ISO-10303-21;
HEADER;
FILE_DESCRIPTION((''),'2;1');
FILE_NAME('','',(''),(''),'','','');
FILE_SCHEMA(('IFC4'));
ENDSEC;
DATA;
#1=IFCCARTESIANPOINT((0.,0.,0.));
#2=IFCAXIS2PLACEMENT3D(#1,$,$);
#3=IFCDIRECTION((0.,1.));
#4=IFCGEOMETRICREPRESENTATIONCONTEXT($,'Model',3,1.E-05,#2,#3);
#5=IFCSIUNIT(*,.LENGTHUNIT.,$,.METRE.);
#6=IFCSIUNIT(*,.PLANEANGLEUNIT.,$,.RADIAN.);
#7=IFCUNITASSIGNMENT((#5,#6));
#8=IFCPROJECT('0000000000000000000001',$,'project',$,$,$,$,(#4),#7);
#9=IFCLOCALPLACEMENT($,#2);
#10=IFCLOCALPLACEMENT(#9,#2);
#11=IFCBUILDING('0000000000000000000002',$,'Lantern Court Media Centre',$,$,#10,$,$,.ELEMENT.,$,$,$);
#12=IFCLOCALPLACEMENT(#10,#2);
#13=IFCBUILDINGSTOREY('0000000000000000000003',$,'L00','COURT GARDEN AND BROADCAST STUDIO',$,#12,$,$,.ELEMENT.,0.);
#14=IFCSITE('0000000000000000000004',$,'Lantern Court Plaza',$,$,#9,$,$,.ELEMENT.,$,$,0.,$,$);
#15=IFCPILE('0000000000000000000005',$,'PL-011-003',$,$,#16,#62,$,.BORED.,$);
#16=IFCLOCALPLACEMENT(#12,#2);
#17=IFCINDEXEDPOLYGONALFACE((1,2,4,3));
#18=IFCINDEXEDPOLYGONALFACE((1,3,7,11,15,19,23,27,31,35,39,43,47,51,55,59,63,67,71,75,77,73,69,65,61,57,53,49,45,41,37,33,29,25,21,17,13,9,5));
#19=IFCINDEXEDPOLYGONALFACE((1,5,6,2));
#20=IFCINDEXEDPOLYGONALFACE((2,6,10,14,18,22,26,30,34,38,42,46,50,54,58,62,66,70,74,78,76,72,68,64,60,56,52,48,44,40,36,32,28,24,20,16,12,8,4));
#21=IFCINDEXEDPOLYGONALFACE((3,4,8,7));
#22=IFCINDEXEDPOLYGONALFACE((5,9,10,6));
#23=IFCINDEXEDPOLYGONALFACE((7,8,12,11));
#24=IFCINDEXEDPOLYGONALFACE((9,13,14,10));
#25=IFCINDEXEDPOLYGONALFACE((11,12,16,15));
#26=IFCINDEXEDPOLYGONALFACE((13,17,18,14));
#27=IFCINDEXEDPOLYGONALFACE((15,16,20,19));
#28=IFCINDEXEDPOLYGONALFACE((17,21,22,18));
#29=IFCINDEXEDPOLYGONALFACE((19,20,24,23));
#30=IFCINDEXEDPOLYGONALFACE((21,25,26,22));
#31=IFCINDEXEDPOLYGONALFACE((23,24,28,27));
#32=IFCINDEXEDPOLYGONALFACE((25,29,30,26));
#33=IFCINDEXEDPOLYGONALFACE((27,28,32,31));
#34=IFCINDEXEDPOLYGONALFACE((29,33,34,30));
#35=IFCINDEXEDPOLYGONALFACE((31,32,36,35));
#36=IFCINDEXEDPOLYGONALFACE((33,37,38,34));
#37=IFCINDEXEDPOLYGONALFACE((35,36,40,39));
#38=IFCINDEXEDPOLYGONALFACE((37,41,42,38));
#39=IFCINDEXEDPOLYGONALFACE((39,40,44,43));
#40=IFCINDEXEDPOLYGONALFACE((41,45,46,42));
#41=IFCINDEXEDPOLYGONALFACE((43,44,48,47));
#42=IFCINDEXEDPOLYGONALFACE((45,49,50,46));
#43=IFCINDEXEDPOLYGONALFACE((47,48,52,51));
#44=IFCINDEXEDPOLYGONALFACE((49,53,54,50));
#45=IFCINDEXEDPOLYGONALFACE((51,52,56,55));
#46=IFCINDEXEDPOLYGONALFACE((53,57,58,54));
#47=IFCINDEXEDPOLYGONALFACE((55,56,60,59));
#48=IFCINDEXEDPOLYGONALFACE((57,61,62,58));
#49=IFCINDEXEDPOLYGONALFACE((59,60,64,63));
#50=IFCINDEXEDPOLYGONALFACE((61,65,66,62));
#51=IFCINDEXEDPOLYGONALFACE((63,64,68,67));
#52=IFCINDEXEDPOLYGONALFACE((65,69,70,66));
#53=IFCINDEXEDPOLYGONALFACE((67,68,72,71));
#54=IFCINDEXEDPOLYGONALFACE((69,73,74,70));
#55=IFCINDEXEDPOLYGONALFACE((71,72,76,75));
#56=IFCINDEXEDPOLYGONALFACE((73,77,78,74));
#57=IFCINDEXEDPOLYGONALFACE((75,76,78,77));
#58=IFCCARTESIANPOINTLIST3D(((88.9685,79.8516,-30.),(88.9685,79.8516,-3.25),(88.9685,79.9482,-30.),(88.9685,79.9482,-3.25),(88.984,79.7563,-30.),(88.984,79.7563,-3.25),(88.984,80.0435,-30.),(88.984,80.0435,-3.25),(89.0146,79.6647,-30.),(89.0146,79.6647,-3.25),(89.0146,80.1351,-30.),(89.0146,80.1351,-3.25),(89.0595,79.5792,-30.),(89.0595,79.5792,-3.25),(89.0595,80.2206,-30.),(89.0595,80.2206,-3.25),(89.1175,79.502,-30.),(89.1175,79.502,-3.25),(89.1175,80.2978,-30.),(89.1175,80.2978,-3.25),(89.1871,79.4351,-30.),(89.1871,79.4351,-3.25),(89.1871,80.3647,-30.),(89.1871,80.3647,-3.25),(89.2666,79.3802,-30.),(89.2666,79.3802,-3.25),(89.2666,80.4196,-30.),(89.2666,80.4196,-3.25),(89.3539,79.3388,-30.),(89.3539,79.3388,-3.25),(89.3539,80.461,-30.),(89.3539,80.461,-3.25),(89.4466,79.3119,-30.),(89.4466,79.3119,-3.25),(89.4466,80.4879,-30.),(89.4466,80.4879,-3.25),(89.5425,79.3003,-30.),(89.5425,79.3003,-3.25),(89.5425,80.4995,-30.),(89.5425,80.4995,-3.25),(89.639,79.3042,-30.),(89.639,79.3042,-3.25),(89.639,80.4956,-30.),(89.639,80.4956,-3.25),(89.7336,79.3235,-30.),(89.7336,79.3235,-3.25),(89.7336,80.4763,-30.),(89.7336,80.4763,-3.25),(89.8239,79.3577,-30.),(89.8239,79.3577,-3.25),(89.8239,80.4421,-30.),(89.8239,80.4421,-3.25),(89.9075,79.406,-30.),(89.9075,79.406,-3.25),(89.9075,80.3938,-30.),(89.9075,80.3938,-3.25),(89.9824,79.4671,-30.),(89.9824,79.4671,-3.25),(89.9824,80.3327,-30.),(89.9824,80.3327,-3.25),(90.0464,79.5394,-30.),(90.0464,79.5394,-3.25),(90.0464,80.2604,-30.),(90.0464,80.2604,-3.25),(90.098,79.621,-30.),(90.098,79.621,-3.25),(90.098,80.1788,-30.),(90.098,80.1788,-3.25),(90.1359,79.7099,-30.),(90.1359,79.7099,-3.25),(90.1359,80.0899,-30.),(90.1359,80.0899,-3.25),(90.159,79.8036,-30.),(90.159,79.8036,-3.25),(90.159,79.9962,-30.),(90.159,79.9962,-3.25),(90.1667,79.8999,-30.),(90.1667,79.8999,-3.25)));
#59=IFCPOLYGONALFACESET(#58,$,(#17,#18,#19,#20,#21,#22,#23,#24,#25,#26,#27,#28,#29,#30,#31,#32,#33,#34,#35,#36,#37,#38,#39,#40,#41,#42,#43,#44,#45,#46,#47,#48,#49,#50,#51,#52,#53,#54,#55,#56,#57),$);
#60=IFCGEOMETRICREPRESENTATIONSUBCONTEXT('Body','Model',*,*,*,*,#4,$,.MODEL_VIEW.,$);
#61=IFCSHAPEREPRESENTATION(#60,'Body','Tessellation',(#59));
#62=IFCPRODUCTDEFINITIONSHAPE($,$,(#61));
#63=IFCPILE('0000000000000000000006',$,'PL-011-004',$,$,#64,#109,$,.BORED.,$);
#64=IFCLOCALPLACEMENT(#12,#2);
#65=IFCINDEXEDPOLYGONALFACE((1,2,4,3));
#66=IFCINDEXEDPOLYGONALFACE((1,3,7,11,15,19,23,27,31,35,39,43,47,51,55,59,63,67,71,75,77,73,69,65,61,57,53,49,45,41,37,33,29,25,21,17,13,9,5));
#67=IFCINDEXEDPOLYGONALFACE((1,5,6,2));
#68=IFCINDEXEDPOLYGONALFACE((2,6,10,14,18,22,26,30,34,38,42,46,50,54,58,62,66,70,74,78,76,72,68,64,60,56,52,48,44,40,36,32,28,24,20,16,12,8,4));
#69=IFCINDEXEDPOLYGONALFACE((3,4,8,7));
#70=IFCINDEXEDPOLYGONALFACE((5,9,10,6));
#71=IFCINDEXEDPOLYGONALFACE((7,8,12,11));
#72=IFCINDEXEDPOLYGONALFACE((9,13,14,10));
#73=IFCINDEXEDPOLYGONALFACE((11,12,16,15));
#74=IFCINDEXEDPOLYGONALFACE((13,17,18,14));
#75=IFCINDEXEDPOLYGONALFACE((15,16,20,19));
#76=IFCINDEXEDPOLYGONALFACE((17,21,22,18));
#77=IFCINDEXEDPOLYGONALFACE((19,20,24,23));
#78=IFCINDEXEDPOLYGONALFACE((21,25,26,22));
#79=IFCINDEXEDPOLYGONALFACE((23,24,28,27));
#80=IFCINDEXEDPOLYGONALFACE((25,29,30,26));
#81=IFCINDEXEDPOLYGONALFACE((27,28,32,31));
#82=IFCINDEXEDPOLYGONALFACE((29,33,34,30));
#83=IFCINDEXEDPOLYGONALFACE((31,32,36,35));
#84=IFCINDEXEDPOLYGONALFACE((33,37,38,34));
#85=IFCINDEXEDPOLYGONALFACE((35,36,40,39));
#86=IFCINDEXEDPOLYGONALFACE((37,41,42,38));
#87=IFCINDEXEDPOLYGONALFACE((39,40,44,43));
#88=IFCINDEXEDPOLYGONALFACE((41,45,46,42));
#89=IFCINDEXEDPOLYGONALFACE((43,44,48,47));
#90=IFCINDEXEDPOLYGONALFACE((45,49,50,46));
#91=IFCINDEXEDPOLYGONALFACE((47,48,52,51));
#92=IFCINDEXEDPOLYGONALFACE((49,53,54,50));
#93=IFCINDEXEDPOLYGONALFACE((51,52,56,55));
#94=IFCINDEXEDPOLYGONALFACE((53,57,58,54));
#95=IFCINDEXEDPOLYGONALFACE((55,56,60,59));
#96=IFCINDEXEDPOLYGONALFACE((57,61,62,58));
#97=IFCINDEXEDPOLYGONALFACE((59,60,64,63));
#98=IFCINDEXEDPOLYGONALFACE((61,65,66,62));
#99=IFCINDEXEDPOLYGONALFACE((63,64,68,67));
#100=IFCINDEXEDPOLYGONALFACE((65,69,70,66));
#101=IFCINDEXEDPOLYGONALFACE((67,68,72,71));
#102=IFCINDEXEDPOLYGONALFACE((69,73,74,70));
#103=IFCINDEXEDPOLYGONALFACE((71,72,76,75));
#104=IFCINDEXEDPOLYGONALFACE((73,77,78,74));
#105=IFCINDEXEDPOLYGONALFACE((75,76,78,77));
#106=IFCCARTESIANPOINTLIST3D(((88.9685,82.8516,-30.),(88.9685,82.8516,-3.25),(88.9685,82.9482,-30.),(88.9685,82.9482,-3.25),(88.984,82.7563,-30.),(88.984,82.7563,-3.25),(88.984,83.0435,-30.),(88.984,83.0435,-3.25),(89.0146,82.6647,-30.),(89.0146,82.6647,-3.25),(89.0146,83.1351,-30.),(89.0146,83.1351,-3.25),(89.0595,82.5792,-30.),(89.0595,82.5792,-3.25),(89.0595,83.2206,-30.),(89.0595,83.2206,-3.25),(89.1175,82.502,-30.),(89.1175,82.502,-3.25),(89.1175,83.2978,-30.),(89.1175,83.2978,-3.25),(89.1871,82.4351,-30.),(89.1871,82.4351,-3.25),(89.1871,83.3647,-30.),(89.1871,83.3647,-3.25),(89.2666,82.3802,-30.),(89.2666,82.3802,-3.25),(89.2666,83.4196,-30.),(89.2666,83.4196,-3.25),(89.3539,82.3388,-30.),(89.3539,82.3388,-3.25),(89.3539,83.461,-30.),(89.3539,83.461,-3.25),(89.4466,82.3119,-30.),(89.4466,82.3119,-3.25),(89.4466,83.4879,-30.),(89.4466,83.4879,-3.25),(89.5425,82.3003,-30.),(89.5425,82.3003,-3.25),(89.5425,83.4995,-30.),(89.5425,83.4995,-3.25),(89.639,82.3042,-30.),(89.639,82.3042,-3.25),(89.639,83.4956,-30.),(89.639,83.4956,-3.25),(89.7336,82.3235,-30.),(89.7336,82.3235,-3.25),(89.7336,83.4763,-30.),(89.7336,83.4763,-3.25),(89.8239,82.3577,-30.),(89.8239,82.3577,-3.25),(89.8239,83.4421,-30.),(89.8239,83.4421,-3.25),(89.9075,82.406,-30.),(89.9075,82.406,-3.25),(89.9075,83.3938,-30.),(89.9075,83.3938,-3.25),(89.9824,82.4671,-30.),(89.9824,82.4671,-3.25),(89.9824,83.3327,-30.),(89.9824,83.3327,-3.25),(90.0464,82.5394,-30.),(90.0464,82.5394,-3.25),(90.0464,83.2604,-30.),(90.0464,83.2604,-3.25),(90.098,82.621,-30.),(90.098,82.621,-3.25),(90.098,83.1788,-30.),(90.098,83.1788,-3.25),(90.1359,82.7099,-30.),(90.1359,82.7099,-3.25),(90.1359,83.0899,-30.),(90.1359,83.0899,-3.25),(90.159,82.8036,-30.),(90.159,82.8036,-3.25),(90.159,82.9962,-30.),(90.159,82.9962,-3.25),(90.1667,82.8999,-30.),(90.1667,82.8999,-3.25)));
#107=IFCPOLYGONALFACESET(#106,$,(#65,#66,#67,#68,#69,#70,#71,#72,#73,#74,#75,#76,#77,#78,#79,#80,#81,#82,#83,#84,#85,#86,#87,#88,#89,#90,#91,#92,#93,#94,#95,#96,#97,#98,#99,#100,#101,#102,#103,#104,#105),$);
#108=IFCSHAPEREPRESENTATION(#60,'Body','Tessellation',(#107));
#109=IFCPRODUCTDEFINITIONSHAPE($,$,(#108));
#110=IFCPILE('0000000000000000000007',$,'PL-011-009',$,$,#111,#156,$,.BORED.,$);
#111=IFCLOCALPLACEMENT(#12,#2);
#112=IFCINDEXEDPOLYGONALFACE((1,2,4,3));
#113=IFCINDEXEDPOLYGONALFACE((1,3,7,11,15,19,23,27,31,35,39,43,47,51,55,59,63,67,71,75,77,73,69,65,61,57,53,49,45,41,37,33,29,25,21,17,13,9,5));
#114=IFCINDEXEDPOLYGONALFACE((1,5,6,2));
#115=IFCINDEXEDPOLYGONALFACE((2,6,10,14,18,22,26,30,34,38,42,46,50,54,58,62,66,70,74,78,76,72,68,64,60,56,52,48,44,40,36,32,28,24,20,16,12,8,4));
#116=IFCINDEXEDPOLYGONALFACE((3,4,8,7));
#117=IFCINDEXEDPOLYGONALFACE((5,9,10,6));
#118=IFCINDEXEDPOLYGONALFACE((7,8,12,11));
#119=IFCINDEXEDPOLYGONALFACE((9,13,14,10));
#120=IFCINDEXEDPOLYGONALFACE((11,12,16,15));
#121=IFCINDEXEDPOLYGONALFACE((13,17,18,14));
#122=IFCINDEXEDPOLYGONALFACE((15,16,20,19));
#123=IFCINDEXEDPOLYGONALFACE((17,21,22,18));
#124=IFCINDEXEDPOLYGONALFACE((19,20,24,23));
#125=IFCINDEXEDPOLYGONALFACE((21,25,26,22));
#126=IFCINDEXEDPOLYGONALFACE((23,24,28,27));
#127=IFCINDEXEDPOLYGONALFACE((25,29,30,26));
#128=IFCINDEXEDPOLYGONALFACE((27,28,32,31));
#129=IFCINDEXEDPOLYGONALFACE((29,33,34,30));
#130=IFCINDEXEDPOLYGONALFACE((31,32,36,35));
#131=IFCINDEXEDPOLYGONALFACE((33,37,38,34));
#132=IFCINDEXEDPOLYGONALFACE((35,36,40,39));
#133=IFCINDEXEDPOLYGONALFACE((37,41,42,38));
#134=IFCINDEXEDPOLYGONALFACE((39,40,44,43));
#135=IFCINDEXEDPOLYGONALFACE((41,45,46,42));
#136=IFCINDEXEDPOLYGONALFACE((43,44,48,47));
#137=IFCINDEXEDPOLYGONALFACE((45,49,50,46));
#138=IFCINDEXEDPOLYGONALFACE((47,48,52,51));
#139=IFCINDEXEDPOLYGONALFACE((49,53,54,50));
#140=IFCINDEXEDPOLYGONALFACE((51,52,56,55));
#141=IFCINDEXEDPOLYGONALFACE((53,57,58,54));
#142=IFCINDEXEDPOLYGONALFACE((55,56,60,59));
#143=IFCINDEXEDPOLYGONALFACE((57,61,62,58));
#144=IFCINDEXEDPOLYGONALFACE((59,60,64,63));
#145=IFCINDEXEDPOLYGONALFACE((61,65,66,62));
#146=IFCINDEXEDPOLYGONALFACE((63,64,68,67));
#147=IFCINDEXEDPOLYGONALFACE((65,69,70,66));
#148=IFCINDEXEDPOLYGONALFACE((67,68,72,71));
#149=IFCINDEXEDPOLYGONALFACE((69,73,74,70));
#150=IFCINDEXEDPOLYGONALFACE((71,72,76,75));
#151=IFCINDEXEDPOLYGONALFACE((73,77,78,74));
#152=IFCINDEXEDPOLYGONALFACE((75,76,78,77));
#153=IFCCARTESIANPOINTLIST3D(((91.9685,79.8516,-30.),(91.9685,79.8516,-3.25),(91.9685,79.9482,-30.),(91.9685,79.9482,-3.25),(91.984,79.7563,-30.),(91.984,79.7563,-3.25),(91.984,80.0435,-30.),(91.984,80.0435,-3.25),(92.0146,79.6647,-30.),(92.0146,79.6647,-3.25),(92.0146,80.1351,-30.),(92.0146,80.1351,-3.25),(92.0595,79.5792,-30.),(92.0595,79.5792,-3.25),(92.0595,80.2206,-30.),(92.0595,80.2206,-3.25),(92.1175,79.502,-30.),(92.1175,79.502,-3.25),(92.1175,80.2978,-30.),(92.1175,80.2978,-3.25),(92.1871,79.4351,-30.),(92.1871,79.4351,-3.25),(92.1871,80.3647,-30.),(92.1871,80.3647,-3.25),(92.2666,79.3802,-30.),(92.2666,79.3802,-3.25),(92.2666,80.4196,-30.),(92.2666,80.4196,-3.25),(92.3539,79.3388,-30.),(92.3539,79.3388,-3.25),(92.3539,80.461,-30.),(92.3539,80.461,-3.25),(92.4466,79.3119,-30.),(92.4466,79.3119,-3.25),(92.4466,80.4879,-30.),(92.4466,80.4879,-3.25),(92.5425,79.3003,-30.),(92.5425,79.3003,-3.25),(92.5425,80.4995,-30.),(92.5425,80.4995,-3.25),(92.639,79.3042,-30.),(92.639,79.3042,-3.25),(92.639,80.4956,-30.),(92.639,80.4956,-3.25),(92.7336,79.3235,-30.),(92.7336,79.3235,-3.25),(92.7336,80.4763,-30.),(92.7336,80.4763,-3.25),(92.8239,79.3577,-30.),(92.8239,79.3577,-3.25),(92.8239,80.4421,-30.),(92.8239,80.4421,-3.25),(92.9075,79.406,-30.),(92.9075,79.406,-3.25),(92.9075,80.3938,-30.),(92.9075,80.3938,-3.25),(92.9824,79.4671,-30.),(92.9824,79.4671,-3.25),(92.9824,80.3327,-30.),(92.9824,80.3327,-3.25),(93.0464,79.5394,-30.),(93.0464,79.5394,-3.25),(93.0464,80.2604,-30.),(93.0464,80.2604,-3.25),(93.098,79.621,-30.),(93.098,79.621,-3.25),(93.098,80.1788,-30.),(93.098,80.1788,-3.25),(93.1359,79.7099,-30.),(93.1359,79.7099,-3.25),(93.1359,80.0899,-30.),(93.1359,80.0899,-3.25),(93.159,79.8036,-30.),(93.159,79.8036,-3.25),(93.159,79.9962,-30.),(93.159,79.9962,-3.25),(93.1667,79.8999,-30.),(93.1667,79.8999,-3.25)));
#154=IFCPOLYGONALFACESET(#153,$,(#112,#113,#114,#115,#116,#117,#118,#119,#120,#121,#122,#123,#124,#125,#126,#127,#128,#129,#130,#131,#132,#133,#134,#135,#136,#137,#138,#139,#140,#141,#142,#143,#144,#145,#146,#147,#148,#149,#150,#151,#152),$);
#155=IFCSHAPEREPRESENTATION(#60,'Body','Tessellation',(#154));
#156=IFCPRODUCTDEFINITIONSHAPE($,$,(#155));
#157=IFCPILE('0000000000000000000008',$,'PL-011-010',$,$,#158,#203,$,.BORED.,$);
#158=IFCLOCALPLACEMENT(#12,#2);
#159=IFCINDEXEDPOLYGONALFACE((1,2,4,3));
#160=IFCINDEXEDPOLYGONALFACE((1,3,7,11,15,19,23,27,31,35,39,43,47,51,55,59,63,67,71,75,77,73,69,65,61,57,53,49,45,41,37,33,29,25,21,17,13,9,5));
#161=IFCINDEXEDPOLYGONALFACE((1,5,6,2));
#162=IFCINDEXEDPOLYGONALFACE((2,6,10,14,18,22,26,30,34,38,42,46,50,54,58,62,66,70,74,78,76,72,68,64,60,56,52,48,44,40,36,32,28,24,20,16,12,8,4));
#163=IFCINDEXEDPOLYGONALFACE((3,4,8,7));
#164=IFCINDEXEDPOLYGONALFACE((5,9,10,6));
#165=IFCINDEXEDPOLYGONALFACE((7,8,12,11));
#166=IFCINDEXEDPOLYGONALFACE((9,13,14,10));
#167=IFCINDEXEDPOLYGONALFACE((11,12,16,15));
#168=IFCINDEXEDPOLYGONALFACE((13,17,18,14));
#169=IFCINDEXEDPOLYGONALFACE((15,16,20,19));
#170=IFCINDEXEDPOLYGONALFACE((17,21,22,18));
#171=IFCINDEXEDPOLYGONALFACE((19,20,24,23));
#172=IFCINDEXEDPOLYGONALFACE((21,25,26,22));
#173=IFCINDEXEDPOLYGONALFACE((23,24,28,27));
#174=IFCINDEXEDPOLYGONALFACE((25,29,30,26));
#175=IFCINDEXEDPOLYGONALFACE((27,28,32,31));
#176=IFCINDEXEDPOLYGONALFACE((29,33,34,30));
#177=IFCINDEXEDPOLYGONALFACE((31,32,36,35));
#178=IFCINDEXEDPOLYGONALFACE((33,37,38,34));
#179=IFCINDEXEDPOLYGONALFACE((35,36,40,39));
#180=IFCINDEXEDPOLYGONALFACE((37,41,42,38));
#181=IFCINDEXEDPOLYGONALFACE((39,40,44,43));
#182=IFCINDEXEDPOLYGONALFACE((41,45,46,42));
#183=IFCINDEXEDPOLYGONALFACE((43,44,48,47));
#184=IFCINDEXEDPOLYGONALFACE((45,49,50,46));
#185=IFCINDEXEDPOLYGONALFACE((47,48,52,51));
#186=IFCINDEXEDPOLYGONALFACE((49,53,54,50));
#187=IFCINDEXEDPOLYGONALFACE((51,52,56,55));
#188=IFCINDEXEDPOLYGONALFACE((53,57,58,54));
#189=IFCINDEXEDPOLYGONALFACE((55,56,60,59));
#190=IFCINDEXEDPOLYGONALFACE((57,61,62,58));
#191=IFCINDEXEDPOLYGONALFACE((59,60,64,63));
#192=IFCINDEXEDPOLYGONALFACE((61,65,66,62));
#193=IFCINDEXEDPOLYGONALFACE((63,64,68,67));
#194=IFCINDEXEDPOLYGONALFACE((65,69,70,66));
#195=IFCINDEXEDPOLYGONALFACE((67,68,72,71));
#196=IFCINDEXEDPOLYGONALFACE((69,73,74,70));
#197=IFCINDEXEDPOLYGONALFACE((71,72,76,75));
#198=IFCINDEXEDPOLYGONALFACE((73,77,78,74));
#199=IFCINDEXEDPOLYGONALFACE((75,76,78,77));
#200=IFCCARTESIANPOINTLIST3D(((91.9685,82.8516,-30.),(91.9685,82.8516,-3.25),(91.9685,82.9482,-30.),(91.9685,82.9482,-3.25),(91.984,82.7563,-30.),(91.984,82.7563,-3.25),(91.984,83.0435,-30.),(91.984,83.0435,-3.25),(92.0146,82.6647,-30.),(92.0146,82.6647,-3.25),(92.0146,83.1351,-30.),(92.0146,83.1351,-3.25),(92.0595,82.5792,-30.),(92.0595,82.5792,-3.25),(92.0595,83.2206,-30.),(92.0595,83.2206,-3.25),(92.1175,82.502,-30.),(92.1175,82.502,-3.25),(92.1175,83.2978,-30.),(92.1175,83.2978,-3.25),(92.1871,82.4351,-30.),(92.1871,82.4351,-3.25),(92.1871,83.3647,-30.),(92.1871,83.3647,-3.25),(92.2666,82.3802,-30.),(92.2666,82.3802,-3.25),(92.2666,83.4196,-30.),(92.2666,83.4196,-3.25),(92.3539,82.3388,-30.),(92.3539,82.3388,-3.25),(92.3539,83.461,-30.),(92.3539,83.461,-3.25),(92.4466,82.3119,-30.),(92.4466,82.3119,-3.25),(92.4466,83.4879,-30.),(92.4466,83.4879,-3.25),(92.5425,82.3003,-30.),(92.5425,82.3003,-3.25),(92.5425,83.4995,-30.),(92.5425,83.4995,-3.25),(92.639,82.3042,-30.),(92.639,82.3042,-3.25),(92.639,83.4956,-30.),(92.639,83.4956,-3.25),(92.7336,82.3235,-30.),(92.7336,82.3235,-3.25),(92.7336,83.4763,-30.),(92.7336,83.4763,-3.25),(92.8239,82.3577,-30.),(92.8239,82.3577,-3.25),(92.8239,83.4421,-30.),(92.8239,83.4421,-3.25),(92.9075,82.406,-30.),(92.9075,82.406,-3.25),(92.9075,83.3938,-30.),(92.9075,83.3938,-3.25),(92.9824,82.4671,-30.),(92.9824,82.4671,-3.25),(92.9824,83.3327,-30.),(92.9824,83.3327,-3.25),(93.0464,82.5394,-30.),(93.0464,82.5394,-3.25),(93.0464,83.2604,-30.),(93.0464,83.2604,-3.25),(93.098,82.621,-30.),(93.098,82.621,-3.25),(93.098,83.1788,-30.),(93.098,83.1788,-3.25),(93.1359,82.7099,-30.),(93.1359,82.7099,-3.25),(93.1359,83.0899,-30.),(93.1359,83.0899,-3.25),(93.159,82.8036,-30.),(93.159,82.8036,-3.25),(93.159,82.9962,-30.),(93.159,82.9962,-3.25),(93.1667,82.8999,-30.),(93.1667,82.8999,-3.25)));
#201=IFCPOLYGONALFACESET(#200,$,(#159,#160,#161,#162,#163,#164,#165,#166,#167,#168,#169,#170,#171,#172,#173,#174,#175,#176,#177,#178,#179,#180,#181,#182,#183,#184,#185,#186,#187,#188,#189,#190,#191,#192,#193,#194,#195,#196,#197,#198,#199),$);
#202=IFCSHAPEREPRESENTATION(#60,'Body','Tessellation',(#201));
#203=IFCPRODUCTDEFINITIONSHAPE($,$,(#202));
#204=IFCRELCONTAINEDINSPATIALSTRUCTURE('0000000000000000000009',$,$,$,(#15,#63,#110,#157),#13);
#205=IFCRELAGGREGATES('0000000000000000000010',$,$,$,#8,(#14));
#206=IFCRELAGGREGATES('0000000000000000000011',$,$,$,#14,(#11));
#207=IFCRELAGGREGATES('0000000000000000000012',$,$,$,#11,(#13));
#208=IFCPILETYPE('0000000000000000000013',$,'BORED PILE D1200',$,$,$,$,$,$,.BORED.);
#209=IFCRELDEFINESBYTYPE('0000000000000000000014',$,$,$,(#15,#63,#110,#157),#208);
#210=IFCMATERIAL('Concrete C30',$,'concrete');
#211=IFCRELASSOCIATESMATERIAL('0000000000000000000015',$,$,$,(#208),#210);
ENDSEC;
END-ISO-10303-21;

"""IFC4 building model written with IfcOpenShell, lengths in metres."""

from ifc_helpers import new_model, si_unit, direction, frame, origin, origin_2d, place, context, subcontext, project, spatial, circle, extrude, material, material_profile, profile_set, type_object, element, save


model = new_model("IFC4")

# Units and contexts
model_context = context("Model", 3, precision=1e-05, world=origin(), true_north=direction((0.0, 1.0)))
body_context = subcontext(model_context, "Body", "Model", "MODEL_VIEW")
ifc_project = project(units=[si_unit("LENGTHUNIT", "METRE"), si_unit("PLANEANGLEUNIT", "RADIAN")], contexts=[model_context])

# Site, building, storey
site_placement = place(None, origin())
site = spatial("IfcSite", under=ifc_project, at=site_placement, Name="Lantern Court Plaza", CompositionType="ELEMENT", RefElevation=0.0)
building_placement = place(site_placement, origin())
building = spatial("IfcBuilding", under=site, at=building_placement, Name="Lantern Court Media Centre", CompositionType="ELEMENT")
storey_placement = place(building_placement, origin())
storey = spatial("IfcBuildingStorey", under=building, at=storey_placement, Name="L00", Description="COURT GARDEN AND BROADCAST STUDIO", CompositionType="ELEMENT", Elevation=0.0)

# Piles
ifc_material_1 = material(Name="Concrete C30", Category="concrete")
ifc_material_profile_1 = material_profile(ifc_material_1, circle(Radius=0.6001, at=origin_2d()), Name="D1200")
ifc_profile_set_1 = profile_set([ifc_material_profile_1], Name="Concrete C30")
pile_type = type_object("IfcPileType", Name="BORED PILE D1200", PredefinedType="BORED", material=ifc_profile_set_1)
for number, where, z_axis, x_axis, name in (
    (1, (89.5667, 79.8999, -3.25), (0.0, 0.0, -1.0), (1.0, 0.0, 0.0), "PL-011-003"),
    (2, (89.5667, 82.8999, -3.25), (0.0, 0.0, -1.0), (1.0, 0.0, 0.0), "PL-011-004"),
    (3, (92.5667, 79.8999, -3.25), (0.0, 0.0, -1.0), (1.0, 0.0, 0.0), "PL-011-009"),
    (4, (92.5667, 82.8999, -3.25), (0.0, 0.0, -1.0), (1.0, 0.0, 0.0), "PL-011-010"),
):
    element("IfcPile", number, at=place(storey_placement, frame(where, z_axis=z_axis, x_axis=x_axis)), inside=storey, type_object=pile_type, Name=name, PredefinedType="BORED", context=body_context, shape_type="SweptSolid", body=[
        extrude(circle(Radius=0.6001, at=origin_2d()), origin(), (0.0, 0.0, 1.0), 26.75),
    ])

save(model, "model.ifc")
